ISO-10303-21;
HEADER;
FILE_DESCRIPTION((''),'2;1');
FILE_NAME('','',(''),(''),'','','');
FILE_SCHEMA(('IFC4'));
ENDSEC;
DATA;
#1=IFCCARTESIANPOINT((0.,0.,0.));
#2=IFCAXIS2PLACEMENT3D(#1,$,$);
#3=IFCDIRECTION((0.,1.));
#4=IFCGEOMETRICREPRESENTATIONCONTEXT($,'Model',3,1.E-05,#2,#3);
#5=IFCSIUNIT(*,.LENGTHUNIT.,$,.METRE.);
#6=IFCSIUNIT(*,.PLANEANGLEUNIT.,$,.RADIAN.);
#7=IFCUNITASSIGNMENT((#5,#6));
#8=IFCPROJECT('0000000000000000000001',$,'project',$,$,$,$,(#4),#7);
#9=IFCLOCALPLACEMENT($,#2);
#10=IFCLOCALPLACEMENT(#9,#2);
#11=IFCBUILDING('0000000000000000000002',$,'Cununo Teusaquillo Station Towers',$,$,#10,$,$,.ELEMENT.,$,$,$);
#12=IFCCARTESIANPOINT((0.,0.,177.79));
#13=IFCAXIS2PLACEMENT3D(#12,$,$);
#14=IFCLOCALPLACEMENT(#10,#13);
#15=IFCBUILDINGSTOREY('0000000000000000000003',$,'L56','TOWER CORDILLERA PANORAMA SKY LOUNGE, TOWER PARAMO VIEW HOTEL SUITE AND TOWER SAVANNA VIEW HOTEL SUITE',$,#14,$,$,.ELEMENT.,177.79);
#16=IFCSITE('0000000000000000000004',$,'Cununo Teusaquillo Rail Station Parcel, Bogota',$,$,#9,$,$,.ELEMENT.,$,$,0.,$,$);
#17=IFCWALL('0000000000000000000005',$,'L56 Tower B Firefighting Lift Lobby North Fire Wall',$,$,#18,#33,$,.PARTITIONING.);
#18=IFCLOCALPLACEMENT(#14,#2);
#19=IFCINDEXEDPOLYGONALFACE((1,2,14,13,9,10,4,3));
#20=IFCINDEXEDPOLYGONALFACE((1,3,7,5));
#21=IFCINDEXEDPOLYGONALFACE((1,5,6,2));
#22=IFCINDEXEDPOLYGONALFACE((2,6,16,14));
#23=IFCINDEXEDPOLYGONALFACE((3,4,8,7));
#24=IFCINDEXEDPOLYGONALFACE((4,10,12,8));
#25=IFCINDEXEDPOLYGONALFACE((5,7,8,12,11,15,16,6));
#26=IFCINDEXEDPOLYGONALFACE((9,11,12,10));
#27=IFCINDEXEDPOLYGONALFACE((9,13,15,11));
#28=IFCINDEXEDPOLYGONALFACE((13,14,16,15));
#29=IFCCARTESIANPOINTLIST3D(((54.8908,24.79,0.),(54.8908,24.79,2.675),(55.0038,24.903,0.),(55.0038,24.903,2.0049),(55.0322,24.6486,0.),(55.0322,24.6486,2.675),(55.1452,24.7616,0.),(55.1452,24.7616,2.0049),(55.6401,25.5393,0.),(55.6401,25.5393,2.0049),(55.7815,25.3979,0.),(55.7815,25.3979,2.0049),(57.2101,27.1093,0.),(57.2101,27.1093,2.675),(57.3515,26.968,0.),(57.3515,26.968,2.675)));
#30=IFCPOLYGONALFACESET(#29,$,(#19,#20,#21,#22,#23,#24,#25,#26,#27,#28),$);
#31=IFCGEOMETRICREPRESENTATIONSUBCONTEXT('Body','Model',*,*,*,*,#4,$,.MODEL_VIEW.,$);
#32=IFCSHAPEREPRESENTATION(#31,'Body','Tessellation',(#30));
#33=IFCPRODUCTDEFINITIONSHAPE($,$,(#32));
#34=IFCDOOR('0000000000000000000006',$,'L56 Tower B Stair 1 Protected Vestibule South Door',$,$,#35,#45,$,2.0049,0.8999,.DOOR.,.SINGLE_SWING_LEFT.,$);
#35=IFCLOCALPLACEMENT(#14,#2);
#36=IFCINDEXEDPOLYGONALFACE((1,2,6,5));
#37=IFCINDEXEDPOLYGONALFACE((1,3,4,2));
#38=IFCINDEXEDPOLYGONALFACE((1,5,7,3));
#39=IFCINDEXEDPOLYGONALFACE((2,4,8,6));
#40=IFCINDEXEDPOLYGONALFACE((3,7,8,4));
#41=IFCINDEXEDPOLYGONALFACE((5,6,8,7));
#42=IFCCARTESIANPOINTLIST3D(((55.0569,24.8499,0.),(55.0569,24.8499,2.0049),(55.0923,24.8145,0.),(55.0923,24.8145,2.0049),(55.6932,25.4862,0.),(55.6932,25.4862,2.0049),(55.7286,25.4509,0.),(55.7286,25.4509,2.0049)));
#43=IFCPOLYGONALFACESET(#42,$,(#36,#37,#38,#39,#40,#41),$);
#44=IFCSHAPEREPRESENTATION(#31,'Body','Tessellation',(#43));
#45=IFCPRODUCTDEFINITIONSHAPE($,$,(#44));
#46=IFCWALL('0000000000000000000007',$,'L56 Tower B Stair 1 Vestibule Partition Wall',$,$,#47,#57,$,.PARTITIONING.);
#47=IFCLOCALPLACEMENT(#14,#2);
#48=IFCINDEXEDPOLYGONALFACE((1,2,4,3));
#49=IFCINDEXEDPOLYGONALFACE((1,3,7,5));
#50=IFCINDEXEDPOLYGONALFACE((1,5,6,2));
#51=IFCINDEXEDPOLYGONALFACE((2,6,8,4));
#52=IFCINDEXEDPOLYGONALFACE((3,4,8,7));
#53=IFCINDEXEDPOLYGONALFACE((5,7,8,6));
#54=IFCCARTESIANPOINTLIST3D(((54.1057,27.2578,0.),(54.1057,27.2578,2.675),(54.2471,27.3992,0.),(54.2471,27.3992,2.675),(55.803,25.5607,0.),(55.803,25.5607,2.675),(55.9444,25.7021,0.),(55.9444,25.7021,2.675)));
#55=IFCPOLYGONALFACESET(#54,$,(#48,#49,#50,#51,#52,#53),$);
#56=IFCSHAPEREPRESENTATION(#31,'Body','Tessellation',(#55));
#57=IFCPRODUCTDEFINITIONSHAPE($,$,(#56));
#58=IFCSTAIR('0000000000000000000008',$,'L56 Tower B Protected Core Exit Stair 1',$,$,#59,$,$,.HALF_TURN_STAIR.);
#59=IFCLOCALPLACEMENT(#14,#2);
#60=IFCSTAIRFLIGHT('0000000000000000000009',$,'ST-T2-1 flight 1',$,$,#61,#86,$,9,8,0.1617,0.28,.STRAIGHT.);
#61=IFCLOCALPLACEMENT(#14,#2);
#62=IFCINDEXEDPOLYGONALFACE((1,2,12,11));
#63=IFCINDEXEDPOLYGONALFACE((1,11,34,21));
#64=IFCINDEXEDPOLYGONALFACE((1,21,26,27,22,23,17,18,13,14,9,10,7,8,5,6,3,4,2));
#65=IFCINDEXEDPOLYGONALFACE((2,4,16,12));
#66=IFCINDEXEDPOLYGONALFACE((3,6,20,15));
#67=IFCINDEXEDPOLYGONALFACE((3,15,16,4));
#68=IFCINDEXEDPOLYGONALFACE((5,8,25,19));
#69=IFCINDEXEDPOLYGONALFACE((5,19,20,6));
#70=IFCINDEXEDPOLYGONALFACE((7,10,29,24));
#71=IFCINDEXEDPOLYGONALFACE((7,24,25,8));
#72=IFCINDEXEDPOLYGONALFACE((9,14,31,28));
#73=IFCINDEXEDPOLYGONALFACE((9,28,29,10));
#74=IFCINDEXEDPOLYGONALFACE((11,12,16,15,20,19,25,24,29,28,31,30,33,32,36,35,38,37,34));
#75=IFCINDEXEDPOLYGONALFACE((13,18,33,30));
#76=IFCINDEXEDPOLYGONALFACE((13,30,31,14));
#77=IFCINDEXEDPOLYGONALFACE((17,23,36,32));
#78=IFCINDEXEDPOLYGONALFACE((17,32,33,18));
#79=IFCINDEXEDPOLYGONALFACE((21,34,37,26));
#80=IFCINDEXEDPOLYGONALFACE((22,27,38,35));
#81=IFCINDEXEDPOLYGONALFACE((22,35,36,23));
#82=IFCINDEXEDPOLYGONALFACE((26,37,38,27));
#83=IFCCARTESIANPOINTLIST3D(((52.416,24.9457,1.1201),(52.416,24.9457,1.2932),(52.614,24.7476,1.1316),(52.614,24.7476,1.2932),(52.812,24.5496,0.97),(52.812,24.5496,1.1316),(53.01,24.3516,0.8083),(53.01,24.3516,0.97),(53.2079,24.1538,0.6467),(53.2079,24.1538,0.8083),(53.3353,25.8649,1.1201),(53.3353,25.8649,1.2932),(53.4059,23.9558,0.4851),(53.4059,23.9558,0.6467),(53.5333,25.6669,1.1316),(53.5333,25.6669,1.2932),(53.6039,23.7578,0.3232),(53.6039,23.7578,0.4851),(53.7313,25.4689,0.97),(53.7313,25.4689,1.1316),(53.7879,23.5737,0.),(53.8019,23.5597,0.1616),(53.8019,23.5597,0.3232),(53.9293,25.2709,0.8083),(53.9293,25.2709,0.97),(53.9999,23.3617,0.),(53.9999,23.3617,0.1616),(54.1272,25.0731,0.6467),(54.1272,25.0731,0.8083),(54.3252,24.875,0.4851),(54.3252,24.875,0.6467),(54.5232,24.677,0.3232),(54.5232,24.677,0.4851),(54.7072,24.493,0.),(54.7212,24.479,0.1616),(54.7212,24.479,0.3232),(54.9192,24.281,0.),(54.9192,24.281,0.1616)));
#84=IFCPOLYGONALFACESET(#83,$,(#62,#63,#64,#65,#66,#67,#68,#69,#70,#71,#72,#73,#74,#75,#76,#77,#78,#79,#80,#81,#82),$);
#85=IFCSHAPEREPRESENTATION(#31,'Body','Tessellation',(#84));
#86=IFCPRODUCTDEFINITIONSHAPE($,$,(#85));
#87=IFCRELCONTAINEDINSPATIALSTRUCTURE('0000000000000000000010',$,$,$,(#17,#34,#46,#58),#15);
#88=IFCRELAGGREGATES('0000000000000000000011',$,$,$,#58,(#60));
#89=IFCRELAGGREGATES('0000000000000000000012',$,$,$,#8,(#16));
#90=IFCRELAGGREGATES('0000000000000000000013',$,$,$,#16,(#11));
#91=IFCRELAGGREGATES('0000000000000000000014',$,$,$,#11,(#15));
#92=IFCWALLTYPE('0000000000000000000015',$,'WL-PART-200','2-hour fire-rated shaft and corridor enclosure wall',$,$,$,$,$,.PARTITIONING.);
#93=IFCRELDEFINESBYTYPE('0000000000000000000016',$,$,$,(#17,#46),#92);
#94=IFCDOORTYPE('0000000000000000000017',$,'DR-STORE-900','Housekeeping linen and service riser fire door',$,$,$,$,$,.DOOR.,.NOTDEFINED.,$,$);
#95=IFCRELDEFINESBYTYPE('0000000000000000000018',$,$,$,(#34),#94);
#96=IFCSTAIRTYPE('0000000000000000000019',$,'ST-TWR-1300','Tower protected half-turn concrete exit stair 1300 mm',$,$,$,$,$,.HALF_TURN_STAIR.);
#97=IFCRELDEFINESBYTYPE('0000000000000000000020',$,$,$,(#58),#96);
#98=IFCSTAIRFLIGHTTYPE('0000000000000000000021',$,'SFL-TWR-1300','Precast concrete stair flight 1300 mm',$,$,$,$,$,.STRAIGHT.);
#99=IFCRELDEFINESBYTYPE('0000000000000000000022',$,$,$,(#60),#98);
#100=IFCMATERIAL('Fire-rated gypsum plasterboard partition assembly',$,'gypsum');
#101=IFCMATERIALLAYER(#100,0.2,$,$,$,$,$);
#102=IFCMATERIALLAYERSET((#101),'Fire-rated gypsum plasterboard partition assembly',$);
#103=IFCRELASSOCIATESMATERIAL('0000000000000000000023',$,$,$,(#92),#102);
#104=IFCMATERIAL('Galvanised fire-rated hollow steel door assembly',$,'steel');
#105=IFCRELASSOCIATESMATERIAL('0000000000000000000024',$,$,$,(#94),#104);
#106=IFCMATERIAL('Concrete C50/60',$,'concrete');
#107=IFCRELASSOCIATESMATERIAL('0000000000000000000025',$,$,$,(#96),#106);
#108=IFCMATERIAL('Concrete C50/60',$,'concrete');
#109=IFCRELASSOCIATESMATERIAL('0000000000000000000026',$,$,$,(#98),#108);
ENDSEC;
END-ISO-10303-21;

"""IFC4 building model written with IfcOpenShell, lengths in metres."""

from ifc_helpers import new_model, si_unit, direction, frame, frame_2d, origin, place, context, subcontext, project, spatial, polyline, rectangle, outline, extrude, source, transform, mapped, material, layer, layer_set, type_object, element, fill, aggregate, save


model = new_model("IFC4")

# Units and contexts
model_context = context("Model", 3, precision=1e-05, world=origin(), true_north=direction((0.0, 1.0)))
body_context = subcontext(model_context, "Body", "Model", "MODEL_VIEW")
ifc_project = project(units=[si_unit("LENGTHUNIT", "METRE"), si_unit("PLANEANGLEUNIT", "RADIAN")], contexts=[model_context])

# Site, building, storey
site_placement = place(None, origin())
site = spatial("IfcSite", under=ifc_project, at=site_placement, Name="Cununo Teusaquillo Rail Station Parcel, Bogota", CompositionType="ELEMENT", RefElevation=0.0)
building_placement = place(site_placement, origin())
building = spatial("IfcBuilding", under=site, at=building_placement, Name="Cununo Teusaquillo Station Towers", CompositionType="ELEMENT")
storey_placement = place(building_placement, frame((0.0, 0.0, 177.79)))
storey = spatial("IfcBuildingStorey", under=building, at=storey_placement, Name="L56", Description="TOWER CORDILLERA PANORAMA SKY LOUNGE, TOWER PARAMO VIEW HOTEL SUITE AND TOWER SAVANNA VIEW HOTEL SUITE", CompositionType="ELEMENT", Elevation=177.79)

# Wall, opening, door
ifc_material_1 = material(Name="Fire-rated gypsum plasterboard partition assembly", Category="gypsum")
ifc_layer_1 = layer(ifc_material_1, 0.2)
ifc_layer_set_1 = layer_set([ifc_layer_1], Name="Fire-rated gypsum plasterboard partition assembly")
wall_type_1 = type_object("IfcWallType", Name="WL-PART-200", Description="2-hour fire-rated shaft and corridor enclosure wall", PredefinedType="PARTITIONING", material=ifc_layer_set_1)
wall_1_placement = place(storey_placement, frame((54.9614, 24.7192, 0.0), z_axis=(0.0, 0.0, 1.0), x_axis=(0.707107, 0.707107, 0.0)))
wall_1 = element("IfcWall", 1, at=wall_1_placement, inside=storey, type_object=wall_type_1, Name="L56 Tower B Firefighting Lift Lobby North Fire Wall", PredefinedType="PARTITIONING", context=body_context, shape_type="SweptSolid", body=[
    extrude(rectangle(XDim=3.28, YDim=0.2, at=frame_2d((1.6401, 0.0))), origin(), (0.0, 0.0, 1.0), 2.675),
])
shared_shape_1 = source(origin(), body_context, "Body", "SweptSolid", [
    extrude(rectangle(XDim=0.8999, YDim=2.0049, at=frame_2d((0.45, 1.0024))), frame((0.0, 0.1099, 0.0), z_axis=(0.0, -1.0, 0.0), x_axis=(1.0, 0.0, 0.0)), (0.0, 0.0, 1.0), 0.22),
])
opening_1_placement = place(wall_1_placement, frame((0.1599, 0.0, 0.0)))
opening_1 = element("IfcOpeningElement", 2, at=opening_1_placement, cuts=wall_1, PredefinedType="OPENING", context=body_context, shape_type="MappedRepresentation", body=[
    mapped(shared_shape_1, transform((0.0, 0.0, 0.0), x_axis=(1.0, 0.0, 0.0), y_axis=(0.0, 1.0, 0.0), z_axis=(0.0, 0.0, 1.0), scale=1.0)),
])
ifc_material_2 = material(Name="Galvanised fire-rated hollow steel door assembly", Category="steel")
door_type_1 = type_object("IfcDoorType", Name="DR-STORE-900", Description="Housekeeping linen and service riser fire door", OperationType="NOTDEFINED", PredefinedType="DOOR", material=ifc_material_2)
shared_shape_2 = source(origin(), body_context, "Body", "SweptSolid", [
    extrude(rectangle(XDim=0.8999, YDim=2.0049, at=frame_2d((0.45, 1.0024))), frame((0.0, 0.0249, 0.0), z_axis=(0.0, -1.0, 0.0), x_axis=(1.0, 0.0, 0.0)), (0.0, 0.0, 1.0), 0.05),
])
door_1_placement = place(opening_1_placement, origin())
door_1 = element("IfcDoor", 3, at=door_1_placement, inside=storey, type_object=door_type_1, Name="L56 Tower B Stair 1 Protected Vestibule South Door", OperationType="SINGLE_SWING_LEFT", OverallHeight=2.0049, OverallWidth=0.8999, PredefinedType="DOOR", context=body_context, shape_type="MappedRepresentation", body=[
    mapped(shared_shape_2, transform((0.0, 0.0, 0.0), x_axis=(1.0, 0.0, 0.0), y_axis=(0.0, 1.0, 0.0), z_axis=(0.0, 0.0, 1.0), scale=1.0)),
])
fill(opening_1, door_1)

# Wall
wall_2_placement = place(storey_placement, frame((55.8738, 25.6313, 0.0), z_axis=(0.0, 0.0, 1.0), x_axis=(-0.707158, 0.707056, 0.0)))
element("IfcWall", 4, at=wall_2_placement, inside=storey, type_object=wall_type_1, Name="L56 Tower B Stair 1 Vestibule Partition Wall", PredefinedType="PARTITIONING", context=body_context, shape_type="SweptSolid", body=[
    extrude(rectangle(XDim=2.4001, YDim=0.2, at=frame_2d((1.2002, 0.0))), origin(), (0.0, 0.0, 1.0), 2.675),
])

# Stair, stair flight
ifc_material_3 = material(Name="Concrete C50/60", Category="concrete")
stair_type = type_object("IfcStairType", Name="ST-TWR-1300", Description="Tower protected half-turn concrete exit stair 1300 mm", PredefinedType="HALF_TURN_STAIR", material=ifc_material_3)
stair_placement = place(storey_placement, origin())
stair = element("IfcStair", 5, at=stair_placement, inside=storey, type_object=stair_type, Name="L56 Tower B Protected Core Exit Stair 1", PredefinedType="HALF_TURN_STAIR")
ifc_material_4 = material(Name="Concrete C50/60", Category="concrete")
stair_flight_type = type_object("IfcStairFlightType", Name="SFL-TWR-1300", Description="Precast concrete stair flight 1300 mm", PredefinedType="STRAIGHT", material=ifc_material_4)
stair_flight_placement = place(storey_placement, frame((54.4595, 23.8213, 0.0), z_axis=(0.0, 0.0, 1.0), x_axis=(-0.707107, 0.707107, 0.0)))
stair_flight = element("IfcStairFlight", 6, at=stair_flight_placement, type_object=stair_flight_type, Name="ST-T2-1 flight 1", NumberOfRisers=9, NumberOfTreads=8, PredefinedType="STRAIGHT", RiserHeight=0.1617, TreadLength=0.28, context=body_context, shape_type="SweptSolid", body=[
    extrude(outline(polyline([(0.0, 0.0), (0.0, 0.1616), (0.28, 0.1616), (0.28, 0.3232), (0.5601, 0.3232), (0.5601, 0.4851), (0.8401, 0.4851), (0.8401, 0.6467), (1.1201, 0.6467), (1.1201, 0.8083), (1.3999, 0.8083), (1.3999, 0.97), (1.6799, 0.97), (1.6799, 1.1316), (1.96, 1.1316), (1.96, 1.2932), (2.24, 1.2932), (2.24, 1.4551), (2.24, 1.1201), (0.2998, 0.0), (0.0, 0.0)])), frame((0.0, 0.6499, 0.0), z_axis=(0.0, -1.0, 0.0), x_axis=(1.0, 0.0, 0.0)), (0.0, 0.0, 1.0), 1.3),
])
aggregate(stair, [stair_flight])

save(model, "model.ifc")
